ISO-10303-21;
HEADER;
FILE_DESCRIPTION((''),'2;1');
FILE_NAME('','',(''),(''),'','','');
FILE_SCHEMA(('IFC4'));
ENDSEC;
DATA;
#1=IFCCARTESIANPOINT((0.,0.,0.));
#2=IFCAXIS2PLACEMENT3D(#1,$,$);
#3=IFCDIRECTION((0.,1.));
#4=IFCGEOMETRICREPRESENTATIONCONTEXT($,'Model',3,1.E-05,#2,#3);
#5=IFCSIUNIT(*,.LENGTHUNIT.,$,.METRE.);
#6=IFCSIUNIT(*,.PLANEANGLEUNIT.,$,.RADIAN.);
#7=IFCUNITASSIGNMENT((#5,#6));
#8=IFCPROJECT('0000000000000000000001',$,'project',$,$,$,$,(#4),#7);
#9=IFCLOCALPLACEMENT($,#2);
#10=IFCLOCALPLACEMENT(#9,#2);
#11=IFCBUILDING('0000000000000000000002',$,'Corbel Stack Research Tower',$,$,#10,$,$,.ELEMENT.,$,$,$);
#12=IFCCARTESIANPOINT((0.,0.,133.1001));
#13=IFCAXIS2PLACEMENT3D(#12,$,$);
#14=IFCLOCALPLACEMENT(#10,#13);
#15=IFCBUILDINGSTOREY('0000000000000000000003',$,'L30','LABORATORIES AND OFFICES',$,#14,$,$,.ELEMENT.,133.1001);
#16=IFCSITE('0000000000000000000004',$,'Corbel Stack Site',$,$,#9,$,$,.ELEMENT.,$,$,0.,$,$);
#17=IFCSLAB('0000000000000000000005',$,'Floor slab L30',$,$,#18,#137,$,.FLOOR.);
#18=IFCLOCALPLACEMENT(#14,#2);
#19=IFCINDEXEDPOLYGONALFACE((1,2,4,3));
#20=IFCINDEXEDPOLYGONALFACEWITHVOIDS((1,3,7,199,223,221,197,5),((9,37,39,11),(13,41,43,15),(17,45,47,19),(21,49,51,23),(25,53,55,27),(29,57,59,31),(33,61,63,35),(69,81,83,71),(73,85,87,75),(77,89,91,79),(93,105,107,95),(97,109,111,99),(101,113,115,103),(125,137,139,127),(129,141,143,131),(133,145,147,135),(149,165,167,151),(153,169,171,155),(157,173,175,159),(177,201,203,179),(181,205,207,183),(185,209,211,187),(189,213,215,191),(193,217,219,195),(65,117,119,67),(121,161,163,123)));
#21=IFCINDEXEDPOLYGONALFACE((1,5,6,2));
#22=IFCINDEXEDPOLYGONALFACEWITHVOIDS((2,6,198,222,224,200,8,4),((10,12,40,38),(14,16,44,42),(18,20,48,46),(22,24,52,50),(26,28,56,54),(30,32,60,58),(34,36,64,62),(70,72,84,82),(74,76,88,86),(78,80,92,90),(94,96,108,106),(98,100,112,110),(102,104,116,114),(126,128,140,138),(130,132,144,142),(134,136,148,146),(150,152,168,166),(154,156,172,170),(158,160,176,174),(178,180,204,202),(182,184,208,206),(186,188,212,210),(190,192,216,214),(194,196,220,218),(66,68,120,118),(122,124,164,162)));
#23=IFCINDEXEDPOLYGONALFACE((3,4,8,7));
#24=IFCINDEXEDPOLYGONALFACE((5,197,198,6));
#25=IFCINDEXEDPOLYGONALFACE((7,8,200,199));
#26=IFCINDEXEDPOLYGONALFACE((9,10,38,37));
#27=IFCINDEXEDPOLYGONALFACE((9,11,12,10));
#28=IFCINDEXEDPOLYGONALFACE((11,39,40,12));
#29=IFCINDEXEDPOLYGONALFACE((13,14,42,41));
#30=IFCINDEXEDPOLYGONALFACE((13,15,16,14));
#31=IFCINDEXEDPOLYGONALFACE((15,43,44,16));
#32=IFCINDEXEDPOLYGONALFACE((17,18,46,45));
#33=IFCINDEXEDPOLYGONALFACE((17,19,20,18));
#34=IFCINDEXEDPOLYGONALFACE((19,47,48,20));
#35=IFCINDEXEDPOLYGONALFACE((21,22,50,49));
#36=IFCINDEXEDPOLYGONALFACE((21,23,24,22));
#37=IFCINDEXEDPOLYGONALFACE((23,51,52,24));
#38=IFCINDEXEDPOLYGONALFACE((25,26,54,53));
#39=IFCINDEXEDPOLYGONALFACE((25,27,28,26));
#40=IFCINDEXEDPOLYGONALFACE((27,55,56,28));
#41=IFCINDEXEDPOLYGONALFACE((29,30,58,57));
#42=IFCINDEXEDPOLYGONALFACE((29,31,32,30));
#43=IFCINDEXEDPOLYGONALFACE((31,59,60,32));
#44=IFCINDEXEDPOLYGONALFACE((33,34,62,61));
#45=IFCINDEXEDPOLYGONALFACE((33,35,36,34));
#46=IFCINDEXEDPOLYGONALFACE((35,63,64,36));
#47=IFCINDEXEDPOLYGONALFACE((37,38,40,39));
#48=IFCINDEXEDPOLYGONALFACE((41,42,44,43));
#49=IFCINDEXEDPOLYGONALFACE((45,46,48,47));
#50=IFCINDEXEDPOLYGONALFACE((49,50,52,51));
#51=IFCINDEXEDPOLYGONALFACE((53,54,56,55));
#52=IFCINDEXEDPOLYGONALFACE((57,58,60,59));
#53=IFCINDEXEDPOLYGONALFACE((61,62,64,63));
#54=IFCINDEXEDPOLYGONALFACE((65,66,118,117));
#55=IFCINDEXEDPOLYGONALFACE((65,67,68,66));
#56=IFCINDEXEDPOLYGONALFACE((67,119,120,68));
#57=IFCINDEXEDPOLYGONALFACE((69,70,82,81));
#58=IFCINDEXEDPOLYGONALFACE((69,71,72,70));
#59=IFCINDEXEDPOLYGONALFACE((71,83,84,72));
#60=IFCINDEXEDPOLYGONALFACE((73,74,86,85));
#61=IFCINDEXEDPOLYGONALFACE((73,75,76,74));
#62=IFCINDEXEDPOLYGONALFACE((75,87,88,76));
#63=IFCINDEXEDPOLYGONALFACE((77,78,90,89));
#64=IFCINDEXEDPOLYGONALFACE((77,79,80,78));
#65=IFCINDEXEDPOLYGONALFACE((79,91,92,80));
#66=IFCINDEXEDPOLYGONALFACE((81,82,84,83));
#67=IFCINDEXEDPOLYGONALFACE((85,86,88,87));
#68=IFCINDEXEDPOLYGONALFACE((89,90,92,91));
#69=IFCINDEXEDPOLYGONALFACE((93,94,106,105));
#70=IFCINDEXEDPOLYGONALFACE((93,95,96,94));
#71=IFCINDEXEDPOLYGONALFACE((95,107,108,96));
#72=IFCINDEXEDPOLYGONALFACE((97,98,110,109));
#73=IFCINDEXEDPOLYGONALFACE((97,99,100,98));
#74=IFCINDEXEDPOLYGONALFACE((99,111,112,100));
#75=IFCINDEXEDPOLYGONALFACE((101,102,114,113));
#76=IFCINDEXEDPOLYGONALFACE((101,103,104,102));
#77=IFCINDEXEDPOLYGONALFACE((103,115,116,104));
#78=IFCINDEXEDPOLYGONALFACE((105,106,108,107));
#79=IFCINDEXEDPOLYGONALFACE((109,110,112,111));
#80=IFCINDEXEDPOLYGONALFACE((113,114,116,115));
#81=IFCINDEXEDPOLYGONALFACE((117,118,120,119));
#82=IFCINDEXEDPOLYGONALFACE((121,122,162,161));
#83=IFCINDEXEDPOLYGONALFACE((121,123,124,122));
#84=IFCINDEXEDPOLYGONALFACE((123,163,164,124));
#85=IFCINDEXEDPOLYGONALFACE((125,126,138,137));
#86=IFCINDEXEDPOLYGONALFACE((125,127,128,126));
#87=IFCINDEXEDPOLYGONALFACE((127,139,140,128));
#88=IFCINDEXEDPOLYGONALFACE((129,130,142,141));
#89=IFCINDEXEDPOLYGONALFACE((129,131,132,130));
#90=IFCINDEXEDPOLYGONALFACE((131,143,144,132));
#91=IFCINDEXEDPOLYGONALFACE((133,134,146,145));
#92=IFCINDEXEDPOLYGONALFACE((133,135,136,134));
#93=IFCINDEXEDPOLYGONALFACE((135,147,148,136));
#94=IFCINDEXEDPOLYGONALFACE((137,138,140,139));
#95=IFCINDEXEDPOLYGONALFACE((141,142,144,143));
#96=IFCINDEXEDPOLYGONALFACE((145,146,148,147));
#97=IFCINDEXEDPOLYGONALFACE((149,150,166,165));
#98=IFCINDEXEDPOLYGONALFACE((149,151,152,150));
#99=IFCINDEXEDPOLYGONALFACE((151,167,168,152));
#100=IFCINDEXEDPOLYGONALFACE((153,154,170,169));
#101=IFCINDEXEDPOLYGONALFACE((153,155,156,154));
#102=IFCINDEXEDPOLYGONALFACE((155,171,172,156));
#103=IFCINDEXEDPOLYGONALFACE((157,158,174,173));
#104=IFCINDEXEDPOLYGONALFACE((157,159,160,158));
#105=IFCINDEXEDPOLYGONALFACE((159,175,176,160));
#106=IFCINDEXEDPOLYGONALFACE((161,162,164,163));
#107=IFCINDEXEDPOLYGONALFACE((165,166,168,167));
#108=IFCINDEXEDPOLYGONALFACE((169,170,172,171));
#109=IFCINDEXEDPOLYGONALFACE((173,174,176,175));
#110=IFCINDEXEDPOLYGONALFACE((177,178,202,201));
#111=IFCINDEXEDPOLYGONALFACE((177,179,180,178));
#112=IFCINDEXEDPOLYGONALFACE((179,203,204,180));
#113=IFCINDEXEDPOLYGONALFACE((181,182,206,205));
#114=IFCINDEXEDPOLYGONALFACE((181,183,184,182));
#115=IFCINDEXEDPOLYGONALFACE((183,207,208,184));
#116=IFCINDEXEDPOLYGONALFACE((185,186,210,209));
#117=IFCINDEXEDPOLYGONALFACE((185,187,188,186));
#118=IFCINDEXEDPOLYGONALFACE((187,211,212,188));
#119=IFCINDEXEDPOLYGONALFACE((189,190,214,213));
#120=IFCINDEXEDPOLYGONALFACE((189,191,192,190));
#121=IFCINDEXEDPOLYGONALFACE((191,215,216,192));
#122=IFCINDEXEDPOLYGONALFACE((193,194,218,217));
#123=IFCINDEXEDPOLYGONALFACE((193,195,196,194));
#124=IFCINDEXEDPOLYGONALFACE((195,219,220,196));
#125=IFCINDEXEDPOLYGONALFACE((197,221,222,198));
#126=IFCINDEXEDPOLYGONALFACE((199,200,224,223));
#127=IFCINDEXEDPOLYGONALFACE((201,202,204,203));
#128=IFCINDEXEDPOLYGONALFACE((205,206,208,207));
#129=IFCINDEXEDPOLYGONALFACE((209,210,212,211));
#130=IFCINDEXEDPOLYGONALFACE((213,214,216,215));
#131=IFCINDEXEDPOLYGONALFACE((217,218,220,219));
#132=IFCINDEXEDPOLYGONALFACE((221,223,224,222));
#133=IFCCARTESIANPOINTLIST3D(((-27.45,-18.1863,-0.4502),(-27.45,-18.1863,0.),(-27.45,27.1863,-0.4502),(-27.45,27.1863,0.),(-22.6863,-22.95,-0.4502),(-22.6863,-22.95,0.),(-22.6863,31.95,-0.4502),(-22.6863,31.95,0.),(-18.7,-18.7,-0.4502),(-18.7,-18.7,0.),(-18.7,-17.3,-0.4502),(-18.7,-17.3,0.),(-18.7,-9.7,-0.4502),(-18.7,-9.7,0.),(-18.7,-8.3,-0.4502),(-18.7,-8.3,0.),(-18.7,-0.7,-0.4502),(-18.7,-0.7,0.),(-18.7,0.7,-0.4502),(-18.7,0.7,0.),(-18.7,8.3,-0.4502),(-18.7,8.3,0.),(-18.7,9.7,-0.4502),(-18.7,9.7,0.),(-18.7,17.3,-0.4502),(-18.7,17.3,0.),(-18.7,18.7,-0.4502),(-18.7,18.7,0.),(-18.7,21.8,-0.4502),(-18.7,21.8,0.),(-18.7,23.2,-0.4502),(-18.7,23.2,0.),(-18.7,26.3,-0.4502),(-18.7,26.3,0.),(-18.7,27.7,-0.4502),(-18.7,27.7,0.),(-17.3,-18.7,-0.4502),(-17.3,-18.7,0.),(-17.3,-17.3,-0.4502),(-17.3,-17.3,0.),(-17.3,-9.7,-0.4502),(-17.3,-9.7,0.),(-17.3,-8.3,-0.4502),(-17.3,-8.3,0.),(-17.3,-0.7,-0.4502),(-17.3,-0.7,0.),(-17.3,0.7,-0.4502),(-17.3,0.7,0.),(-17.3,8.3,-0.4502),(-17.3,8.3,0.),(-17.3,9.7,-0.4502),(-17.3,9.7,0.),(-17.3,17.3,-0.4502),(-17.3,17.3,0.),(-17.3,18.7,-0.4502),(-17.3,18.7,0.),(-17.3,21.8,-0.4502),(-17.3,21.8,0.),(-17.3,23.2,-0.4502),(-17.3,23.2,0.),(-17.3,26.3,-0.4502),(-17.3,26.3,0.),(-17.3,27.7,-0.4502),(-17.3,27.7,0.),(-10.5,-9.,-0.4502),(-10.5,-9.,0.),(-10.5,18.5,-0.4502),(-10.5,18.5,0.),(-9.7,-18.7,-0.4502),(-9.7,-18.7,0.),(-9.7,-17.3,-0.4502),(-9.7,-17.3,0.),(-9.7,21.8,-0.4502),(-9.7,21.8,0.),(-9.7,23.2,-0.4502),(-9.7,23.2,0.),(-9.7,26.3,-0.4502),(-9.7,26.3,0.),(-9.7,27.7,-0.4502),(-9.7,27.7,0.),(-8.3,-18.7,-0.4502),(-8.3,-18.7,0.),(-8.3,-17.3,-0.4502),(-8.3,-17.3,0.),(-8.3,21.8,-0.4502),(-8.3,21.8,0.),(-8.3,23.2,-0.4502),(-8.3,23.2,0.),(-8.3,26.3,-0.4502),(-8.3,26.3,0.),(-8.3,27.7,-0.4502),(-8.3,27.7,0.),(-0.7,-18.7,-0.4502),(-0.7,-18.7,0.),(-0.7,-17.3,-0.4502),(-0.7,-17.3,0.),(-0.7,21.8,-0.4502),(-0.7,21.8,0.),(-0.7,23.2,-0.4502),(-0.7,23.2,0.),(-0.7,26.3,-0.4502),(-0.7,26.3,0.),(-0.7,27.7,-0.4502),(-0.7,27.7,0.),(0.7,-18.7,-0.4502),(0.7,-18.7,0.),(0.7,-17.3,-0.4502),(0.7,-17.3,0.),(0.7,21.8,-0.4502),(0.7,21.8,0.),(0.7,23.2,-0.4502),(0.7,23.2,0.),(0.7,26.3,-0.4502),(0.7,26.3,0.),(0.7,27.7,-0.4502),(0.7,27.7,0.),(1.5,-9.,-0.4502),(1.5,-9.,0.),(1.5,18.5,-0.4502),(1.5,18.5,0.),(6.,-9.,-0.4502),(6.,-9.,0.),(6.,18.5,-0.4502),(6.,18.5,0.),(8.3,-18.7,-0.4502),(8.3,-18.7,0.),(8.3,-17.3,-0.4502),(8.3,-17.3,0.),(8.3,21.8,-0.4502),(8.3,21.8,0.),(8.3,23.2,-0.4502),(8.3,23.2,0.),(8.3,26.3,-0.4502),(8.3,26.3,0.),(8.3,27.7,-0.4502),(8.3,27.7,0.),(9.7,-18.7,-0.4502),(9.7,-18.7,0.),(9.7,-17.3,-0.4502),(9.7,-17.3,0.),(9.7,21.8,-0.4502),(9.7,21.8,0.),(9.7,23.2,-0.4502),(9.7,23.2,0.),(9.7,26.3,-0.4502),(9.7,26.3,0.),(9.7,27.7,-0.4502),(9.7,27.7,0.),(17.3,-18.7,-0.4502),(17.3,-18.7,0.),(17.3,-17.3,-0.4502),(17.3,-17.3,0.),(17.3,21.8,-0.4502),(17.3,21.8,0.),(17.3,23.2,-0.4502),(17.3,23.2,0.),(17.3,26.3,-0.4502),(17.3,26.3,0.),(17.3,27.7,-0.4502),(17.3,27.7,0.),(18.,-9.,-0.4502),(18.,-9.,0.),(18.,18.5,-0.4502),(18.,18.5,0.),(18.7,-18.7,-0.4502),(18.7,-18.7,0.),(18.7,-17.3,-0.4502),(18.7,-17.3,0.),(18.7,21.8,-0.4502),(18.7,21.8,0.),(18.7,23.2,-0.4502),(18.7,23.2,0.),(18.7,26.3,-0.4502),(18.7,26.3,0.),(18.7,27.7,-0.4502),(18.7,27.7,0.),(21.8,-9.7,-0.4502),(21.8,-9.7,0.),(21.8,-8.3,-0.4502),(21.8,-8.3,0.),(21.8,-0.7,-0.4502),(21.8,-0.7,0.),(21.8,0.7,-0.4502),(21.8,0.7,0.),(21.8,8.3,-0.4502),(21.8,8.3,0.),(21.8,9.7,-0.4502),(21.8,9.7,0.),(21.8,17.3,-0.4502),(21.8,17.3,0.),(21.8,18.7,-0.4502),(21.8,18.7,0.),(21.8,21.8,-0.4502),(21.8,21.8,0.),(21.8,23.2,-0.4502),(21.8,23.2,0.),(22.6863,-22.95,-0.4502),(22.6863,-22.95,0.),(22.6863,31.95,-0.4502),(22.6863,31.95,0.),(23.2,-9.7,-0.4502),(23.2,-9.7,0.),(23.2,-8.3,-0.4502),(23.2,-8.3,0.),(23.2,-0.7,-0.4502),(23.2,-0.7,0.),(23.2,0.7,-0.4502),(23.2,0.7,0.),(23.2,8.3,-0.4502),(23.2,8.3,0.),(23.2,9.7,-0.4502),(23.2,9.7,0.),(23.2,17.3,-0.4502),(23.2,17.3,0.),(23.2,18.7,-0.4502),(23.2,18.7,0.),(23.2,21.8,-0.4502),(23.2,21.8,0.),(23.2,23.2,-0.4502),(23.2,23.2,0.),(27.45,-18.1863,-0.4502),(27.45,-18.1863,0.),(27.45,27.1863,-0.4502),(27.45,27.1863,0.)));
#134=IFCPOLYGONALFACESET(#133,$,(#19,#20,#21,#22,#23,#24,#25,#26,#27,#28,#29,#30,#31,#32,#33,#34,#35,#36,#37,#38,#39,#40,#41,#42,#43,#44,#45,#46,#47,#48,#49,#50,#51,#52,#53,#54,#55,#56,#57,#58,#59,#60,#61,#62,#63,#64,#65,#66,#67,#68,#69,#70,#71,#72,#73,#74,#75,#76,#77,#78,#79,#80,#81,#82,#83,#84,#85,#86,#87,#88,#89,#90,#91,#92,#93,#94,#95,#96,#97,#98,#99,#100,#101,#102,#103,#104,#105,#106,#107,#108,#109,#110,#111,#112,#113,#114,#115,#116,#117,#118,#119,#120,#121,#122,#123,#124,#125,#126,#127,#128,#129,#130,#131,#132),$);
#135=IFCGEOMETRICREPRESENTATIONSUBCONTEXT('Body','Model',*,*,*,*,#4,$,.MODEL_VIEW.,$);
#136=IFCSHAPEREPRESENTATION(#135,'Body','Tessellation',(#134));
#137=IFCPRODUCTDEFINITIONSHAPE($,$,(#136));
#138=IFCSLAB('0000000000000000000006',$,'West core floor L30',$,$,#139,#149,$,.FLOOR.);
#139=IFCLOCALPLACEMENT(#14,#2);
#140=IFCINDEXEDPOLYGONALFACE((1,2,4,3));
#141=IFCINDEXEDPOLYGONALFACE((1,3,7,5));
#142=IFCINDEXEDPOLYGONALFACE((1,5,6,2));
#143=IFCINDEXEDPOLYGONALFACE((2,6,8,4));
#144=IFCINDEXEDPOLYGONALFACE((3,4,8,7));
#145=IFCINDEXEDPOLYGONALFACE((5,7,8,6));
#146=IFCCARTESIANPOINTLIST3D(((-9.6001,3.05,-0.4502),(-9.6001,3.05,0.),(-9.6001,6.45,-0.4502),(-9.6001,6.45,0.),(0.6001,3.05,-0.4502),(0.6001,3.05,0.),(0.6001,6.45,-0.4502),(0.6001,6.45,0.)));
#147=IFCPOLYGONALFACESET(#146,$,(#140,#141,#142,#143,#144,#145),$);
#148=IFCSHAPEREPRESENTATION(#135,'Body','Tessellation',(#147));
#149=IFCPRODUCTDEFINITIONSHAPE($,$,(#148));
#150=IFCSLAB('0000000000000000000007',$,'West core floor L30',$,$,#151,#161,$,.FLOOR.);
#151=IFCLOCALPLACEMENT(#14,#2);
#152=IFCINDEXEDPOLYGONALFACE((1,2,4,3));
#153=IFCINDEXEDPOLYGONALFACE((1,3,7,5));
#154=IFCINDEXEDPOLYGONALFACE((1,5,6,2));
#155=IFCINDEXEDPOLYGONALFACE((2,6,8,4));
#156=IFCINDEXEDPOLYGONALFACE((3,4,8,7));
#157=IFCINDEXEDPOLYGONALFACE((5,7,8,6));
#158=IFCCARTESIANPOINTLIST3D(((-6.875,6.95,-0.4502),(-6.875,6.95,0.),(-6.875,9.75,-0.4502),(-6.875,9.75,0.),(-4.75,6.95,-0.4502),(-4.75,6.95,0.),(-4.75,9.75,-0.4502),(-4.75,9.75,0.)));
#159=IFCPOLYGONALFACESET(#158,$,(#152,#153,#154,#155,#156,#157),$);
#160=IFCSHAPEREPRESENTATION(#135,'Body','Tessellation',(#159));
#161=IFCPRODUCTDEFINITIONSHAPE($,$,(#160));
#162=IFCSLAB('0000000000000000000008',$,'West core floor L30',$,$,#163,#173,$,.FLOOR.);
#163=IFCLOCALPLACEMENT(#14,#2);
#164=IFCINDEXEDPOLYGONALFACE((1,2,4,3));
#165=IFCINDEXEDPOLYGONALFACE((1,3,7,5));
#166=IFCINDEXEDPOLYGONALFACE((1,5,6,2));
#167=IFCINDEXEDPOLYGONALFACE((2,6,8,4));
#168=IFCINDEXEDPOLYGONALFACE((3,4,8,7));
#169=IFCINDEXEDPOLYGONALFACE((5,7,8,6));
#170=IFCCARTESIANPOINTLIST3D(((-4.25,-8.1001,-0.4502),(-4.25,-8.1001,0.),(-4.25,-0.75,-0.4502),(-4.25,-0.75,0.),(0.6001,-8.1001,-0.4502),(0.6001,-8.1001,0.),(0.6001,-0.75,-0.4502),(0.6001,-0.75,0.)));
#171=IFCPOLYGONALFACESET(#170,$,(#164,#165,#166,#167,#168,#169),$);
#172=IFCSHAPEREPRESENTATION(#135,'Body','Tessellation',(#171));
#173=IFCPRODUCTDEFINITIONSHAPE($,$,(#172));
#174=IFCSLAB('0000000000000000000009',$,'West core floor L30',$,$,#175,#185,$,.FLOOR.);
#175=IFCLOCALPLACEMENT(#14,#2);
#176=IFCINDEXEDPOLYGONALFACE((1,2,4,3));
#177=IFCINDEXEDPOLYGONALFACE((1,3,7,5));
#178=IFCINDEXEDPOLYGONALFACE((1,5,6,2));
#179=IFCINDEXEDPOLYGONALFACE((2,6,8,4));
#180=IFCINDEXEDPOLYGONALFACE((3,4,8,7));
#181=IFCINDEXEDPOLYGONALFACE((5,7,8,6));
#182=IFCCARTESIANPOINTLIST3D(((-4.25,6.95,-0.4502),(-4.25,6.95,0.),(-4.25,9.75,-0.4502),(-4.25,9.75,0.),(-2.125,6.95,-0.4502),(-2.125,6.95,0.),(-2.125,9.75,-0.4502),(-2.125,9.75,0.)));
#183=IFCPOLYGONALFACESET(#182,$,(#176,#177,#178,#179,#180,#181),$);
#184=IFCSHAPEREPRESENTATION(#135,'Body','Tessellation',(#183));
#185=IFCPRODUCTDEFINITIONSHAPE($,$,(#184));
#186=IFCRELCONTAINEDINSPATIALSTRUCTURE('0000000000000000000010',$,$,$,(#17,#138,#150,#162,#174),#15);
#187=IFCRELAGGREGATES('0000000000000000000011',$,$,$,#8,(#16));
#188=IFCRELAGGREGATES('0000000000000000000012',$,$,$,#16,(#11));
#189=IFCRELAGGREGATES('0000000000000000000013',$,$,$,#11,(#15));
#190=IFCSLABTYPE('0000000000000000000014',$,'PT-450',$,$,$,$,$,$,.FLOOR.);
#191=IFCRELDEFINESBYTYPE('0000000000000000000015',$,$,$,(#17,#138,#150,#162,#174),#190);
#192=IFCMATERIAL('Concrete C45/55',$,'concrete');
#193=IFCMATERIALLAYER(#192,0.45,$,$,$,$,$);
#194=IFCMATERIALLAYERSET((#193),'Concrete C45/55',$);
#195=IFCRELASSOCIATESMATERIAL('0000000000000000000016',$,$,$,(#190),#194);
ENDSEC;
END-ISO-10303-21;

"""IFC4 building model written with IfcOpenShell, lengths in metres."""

from ifc_helpers import new_model, si_unit, direction, frame, origin, place, context, subcontext, project, spatial, polyline, outline, extrude, material, layer, layer_set, type_object, element, save


model = new_model("IFC4")

# Units and contexts
model_context = context("Model", 3, precision=1e-05, world=origin(), true_north=direction((0.0, 1.0)))
body_context = subcontext(model_context, "Body", "Model", "MODEL_VIEW")
ifc_project = project(units=[si_unit("LENGTHUNIT", "METRE"), si_unit("PLANEANGLEUNIT", "RADIAN")], contexts=[model_context])

# Site, building, storey
site_placement = place(None, origin())
site = spatial("IfcSite", under=ifc_project, at=site_placement, Name="Corbel Stack Site", CompositionType="ELEMENT", RefElevation=0.0)
building_placement = place(site_placement, origin())
building = spatial("IfcBuilding", under=site, at=building_placement, Name="Corbel Stack Research Tower", CompositionType="ELEMENT")
storey_placement = place(building_placement, frame((0.0, 0.0, 133.1001)))
storey = spatial("IfcBuildingStorey", under=building, at=storey_placement, Name="L30", Description="LABORATORIES AND OFFICES", CompositionType="ELEMENT", Elevation=133.1001)

# Slabs
ifc_material_1 = material(Name="Concrete C45/55", Category="concrete")
ifc_layer_1 = layer(ifc_material_1, 0.45)
ifc_layer_set_1 = layer_set([ifc_layer_1], Name="Concrete C45/55")
slab_type_1 = type_object("IfcSlabType", Name="PT-450", PredefinedType="FLOOR", material=ifc_layer_set_1)
slab_1_placement = place(storey_placement, frame((0.0, 0.0, -0.4502)))
element("IfcSlab", 1, at=slab_1_placement, inside=storey, type_object=slab_type_1, Name="Floor slab L30", PredefinedType="FLOOR", context=body_context, shape_type="SweptSolid", body=[
    extrude(outline(polyline([(-22.6863, -22.95), (22.6863, -22.95), (27.45, -18.1863), (27.45, 27.1863), (22.6863, 31.95), (-22.6863, 31.95), (-27.45, 27.1863), (-27.45, -18.1863), (-22.6863, -22.95)]), holes=[polyline([(21.8, 21.8), (21.8, 23.2), (23.2, 23.2), (23.2, 21.8), (21.8, 21.8)]), polyline([(23.2, 17.3), (21.8, 17.3), (21.8, 18.7), (23.2, 18.7), (23.2, 17.3)]), polyline([(21.8, 8.3), (21.8, 9.7), (23.2, 9.7), (23.2, 8.3), (21.8, 8.3)]), polyline([(23.2, -0.7), (21.8, -0.7), (21.8, 0.7), (23.2, 0.7), (23.2, -0.7)]), polyline([(21.8, -9.7), (21.8, -8.3), (23.2, -8.3), (23.2, -9.7), (21.8, -9.7)]), polyline([(17.3, 26.3), (17.3, 27.7), (18.7, 27.7), (18.7, 26.3), (17.3, 26.3)]), polyline([(17.3, 21.8), (17.3, 23.2), (18.7, 23.2), (18.7, 21.8), (17.3, 21.8)]), polyline([(17.3, -18.7), (17.3, -17.3), (18.7, -17.3), (18.7, -18.7), (17.3, -18.7)]), polyline([(6.0, -9.0), (6.0, 18.5), (18.0, 18.5), (18.0, -9.0), (6.0, -9.0)]), polyline([(8.3, 26.3), (8.3, 27.7), (9.7, 27.7), (9.7, 26.3), (8.3, 26.3)]), polyline([(8.3, 21.8), (8.3, 23.2), (9.7, 23.2), (9.7, 21.8), (8.3, 21.8)]), polyline([(9.7, -18.7), (8.3, -18.7), (8.3, -17.3), (9.7, -17.3), (9.7, -18.7)]), polyline([(-10.5, -9.0), (-10.5, 18.5), (1.5, 18.5), (1.5, -9.0), (-10.5, -9.0)]), polyline([(-0.7, 26.3), (-0.7, 27.7), (0.7, 27.7), (0.7, 26.3), (-0.7, 26.3)]), polyline([(-0.7, 21.8), (-0.7, 23.2), (0.7, 23.2), (0.7, 21.8), (-0.7, 21.8)]), polyline([(-0.7, -18.7), (-0.7, -17.3), (0.7, -17.3), (0.7, -18.7), (-0.7, -18.7)]), polyline([(-9.7, 26.3), (-9.7, 27.7), (-8.3, 27.7), (-8.3, 26.3), (-9.7, 26.3)]), polyline([(-9.7, 21.8), (-9.7, 23.2), (-8.3, 23.2), (-8.3, 21.8), (-9.7, 21.8)]), polyline([(-9.7, -18.7), (-9.7, -17.3), (-8.3, -17.3), (-8.3, -18.7), (-9.7, -18.7)]), polyline([(-18.7, 26.3), (-18.7, 27.7), (-17.3, 27.7), (-17.3, 26.3), (-18.7, 26.3)]), polyline([(-18.7, 21.8), (-18.7, 23.2), (-17.3, 23.2), (-17.3, 21.8), (-18.7, 21.8)]), polyline([(-18.7, 17.3), (-18.7, 18.7), (-17.3, 18.7), (-17.3, 17.3), (-18.7, 17.3)]), polyline([(-17.3, 8.3), (-18.7, 8.3), (-18.7, 9.7), (-17.3, 9.7), (-17.3, 8.3)]), polyline([(-18.7, -0.7), (-18.7, 0.7), (-17.3, 0.7), (-17.3, -0.7), (-18.7, -0.7)]), polyline([(-17.3, -9.7), (-18.7, -9.7), (-18.7, -8.3), (-17.3, -8.3), (-17.3, -9.7)]), polyline([(-17.3, -18.7), (-18.7, -18.7), (-18.7, -17.3), (-17.3, -17.3), (-17.3, -18.7)])]), origin(), (0.0, 0.0, 1.0), 0.4502),
])
slab_2_placement = place(storey_placement, frame((0.0, 0.0, -0.4502)))
element("IfcSlab", 2, at=slab_2_placement, inside=storey, type_object=slab_type_1, Name="West core floor L30", PredefinedType="FLOOR", context=body_context, shape_type="SweptSolid", body=[
    extrude(outline(polyline([(0.6001, 6.45), (-9.6001, 6.45), (-9.6001, 3.05), (0.6001, 3.05), (0.6001, 6.45)])), origin(), (0.0, 0.0, 1.0), 0.4502),
])
slab_3_placement = place(storey_placement, frame((0.0, 0.0, -0.4502)))
element("IfcSlab", 3, at=slab_3_placement, inside=storey, type_object=slab_type_1, Name="West core floor L30", PredefinedType="FLOOR", context=body_context, shape_type="SweptSolid", body=[
    extrude(outline(polyline([(-6.875, 6.95), (-4.75, 6.95), (-4.75, 9.75), (-6.875, 9.75), (-6.875, 6.95)])), origin(), (0.0, 0.0, 1.0), 0.4502),
])
slab_4_placement = place(storey_placement, frame((0.0, 0.0, -0.4502)))
element("IfcSlab", 4, at=slab_4_placement, inside=storey, type_object=slab_type_1, Name="West core floor L30", PredefinedType="FLOOR", context=body_context, shape_type="SweptSolid", body=[
    extrude(outline(polyline([(0.6001, -8.1001), (0.6001, -0.75), (-4.25, -0.75), (-4.25, -8.1001), (0.6001, -8.1001)])), origin(), (0.0, 0.0, 1.0), 0.4502),
])
slab_5_placement = place(storey_placement, frame((0.0, 0.0, -0.4502)))
element("IfcSlab", 5, at=slab_5_placement, inside=storey, type_object=slab_type_1, Name="West core floor L30", PredefinedType="FLOOR", context=body_context, shape_type="SweptSolid", body=[
    extrude(outline(polyline([(-2.125, 6.95), (-2.125, 9.75), (-4.25, 9.75), (-4.25, 6.95), (-2.125, 6.95)])), origin(), (0.0, 0.0, 1.0), 0.4502),
])

save(model, "model.ifc")
